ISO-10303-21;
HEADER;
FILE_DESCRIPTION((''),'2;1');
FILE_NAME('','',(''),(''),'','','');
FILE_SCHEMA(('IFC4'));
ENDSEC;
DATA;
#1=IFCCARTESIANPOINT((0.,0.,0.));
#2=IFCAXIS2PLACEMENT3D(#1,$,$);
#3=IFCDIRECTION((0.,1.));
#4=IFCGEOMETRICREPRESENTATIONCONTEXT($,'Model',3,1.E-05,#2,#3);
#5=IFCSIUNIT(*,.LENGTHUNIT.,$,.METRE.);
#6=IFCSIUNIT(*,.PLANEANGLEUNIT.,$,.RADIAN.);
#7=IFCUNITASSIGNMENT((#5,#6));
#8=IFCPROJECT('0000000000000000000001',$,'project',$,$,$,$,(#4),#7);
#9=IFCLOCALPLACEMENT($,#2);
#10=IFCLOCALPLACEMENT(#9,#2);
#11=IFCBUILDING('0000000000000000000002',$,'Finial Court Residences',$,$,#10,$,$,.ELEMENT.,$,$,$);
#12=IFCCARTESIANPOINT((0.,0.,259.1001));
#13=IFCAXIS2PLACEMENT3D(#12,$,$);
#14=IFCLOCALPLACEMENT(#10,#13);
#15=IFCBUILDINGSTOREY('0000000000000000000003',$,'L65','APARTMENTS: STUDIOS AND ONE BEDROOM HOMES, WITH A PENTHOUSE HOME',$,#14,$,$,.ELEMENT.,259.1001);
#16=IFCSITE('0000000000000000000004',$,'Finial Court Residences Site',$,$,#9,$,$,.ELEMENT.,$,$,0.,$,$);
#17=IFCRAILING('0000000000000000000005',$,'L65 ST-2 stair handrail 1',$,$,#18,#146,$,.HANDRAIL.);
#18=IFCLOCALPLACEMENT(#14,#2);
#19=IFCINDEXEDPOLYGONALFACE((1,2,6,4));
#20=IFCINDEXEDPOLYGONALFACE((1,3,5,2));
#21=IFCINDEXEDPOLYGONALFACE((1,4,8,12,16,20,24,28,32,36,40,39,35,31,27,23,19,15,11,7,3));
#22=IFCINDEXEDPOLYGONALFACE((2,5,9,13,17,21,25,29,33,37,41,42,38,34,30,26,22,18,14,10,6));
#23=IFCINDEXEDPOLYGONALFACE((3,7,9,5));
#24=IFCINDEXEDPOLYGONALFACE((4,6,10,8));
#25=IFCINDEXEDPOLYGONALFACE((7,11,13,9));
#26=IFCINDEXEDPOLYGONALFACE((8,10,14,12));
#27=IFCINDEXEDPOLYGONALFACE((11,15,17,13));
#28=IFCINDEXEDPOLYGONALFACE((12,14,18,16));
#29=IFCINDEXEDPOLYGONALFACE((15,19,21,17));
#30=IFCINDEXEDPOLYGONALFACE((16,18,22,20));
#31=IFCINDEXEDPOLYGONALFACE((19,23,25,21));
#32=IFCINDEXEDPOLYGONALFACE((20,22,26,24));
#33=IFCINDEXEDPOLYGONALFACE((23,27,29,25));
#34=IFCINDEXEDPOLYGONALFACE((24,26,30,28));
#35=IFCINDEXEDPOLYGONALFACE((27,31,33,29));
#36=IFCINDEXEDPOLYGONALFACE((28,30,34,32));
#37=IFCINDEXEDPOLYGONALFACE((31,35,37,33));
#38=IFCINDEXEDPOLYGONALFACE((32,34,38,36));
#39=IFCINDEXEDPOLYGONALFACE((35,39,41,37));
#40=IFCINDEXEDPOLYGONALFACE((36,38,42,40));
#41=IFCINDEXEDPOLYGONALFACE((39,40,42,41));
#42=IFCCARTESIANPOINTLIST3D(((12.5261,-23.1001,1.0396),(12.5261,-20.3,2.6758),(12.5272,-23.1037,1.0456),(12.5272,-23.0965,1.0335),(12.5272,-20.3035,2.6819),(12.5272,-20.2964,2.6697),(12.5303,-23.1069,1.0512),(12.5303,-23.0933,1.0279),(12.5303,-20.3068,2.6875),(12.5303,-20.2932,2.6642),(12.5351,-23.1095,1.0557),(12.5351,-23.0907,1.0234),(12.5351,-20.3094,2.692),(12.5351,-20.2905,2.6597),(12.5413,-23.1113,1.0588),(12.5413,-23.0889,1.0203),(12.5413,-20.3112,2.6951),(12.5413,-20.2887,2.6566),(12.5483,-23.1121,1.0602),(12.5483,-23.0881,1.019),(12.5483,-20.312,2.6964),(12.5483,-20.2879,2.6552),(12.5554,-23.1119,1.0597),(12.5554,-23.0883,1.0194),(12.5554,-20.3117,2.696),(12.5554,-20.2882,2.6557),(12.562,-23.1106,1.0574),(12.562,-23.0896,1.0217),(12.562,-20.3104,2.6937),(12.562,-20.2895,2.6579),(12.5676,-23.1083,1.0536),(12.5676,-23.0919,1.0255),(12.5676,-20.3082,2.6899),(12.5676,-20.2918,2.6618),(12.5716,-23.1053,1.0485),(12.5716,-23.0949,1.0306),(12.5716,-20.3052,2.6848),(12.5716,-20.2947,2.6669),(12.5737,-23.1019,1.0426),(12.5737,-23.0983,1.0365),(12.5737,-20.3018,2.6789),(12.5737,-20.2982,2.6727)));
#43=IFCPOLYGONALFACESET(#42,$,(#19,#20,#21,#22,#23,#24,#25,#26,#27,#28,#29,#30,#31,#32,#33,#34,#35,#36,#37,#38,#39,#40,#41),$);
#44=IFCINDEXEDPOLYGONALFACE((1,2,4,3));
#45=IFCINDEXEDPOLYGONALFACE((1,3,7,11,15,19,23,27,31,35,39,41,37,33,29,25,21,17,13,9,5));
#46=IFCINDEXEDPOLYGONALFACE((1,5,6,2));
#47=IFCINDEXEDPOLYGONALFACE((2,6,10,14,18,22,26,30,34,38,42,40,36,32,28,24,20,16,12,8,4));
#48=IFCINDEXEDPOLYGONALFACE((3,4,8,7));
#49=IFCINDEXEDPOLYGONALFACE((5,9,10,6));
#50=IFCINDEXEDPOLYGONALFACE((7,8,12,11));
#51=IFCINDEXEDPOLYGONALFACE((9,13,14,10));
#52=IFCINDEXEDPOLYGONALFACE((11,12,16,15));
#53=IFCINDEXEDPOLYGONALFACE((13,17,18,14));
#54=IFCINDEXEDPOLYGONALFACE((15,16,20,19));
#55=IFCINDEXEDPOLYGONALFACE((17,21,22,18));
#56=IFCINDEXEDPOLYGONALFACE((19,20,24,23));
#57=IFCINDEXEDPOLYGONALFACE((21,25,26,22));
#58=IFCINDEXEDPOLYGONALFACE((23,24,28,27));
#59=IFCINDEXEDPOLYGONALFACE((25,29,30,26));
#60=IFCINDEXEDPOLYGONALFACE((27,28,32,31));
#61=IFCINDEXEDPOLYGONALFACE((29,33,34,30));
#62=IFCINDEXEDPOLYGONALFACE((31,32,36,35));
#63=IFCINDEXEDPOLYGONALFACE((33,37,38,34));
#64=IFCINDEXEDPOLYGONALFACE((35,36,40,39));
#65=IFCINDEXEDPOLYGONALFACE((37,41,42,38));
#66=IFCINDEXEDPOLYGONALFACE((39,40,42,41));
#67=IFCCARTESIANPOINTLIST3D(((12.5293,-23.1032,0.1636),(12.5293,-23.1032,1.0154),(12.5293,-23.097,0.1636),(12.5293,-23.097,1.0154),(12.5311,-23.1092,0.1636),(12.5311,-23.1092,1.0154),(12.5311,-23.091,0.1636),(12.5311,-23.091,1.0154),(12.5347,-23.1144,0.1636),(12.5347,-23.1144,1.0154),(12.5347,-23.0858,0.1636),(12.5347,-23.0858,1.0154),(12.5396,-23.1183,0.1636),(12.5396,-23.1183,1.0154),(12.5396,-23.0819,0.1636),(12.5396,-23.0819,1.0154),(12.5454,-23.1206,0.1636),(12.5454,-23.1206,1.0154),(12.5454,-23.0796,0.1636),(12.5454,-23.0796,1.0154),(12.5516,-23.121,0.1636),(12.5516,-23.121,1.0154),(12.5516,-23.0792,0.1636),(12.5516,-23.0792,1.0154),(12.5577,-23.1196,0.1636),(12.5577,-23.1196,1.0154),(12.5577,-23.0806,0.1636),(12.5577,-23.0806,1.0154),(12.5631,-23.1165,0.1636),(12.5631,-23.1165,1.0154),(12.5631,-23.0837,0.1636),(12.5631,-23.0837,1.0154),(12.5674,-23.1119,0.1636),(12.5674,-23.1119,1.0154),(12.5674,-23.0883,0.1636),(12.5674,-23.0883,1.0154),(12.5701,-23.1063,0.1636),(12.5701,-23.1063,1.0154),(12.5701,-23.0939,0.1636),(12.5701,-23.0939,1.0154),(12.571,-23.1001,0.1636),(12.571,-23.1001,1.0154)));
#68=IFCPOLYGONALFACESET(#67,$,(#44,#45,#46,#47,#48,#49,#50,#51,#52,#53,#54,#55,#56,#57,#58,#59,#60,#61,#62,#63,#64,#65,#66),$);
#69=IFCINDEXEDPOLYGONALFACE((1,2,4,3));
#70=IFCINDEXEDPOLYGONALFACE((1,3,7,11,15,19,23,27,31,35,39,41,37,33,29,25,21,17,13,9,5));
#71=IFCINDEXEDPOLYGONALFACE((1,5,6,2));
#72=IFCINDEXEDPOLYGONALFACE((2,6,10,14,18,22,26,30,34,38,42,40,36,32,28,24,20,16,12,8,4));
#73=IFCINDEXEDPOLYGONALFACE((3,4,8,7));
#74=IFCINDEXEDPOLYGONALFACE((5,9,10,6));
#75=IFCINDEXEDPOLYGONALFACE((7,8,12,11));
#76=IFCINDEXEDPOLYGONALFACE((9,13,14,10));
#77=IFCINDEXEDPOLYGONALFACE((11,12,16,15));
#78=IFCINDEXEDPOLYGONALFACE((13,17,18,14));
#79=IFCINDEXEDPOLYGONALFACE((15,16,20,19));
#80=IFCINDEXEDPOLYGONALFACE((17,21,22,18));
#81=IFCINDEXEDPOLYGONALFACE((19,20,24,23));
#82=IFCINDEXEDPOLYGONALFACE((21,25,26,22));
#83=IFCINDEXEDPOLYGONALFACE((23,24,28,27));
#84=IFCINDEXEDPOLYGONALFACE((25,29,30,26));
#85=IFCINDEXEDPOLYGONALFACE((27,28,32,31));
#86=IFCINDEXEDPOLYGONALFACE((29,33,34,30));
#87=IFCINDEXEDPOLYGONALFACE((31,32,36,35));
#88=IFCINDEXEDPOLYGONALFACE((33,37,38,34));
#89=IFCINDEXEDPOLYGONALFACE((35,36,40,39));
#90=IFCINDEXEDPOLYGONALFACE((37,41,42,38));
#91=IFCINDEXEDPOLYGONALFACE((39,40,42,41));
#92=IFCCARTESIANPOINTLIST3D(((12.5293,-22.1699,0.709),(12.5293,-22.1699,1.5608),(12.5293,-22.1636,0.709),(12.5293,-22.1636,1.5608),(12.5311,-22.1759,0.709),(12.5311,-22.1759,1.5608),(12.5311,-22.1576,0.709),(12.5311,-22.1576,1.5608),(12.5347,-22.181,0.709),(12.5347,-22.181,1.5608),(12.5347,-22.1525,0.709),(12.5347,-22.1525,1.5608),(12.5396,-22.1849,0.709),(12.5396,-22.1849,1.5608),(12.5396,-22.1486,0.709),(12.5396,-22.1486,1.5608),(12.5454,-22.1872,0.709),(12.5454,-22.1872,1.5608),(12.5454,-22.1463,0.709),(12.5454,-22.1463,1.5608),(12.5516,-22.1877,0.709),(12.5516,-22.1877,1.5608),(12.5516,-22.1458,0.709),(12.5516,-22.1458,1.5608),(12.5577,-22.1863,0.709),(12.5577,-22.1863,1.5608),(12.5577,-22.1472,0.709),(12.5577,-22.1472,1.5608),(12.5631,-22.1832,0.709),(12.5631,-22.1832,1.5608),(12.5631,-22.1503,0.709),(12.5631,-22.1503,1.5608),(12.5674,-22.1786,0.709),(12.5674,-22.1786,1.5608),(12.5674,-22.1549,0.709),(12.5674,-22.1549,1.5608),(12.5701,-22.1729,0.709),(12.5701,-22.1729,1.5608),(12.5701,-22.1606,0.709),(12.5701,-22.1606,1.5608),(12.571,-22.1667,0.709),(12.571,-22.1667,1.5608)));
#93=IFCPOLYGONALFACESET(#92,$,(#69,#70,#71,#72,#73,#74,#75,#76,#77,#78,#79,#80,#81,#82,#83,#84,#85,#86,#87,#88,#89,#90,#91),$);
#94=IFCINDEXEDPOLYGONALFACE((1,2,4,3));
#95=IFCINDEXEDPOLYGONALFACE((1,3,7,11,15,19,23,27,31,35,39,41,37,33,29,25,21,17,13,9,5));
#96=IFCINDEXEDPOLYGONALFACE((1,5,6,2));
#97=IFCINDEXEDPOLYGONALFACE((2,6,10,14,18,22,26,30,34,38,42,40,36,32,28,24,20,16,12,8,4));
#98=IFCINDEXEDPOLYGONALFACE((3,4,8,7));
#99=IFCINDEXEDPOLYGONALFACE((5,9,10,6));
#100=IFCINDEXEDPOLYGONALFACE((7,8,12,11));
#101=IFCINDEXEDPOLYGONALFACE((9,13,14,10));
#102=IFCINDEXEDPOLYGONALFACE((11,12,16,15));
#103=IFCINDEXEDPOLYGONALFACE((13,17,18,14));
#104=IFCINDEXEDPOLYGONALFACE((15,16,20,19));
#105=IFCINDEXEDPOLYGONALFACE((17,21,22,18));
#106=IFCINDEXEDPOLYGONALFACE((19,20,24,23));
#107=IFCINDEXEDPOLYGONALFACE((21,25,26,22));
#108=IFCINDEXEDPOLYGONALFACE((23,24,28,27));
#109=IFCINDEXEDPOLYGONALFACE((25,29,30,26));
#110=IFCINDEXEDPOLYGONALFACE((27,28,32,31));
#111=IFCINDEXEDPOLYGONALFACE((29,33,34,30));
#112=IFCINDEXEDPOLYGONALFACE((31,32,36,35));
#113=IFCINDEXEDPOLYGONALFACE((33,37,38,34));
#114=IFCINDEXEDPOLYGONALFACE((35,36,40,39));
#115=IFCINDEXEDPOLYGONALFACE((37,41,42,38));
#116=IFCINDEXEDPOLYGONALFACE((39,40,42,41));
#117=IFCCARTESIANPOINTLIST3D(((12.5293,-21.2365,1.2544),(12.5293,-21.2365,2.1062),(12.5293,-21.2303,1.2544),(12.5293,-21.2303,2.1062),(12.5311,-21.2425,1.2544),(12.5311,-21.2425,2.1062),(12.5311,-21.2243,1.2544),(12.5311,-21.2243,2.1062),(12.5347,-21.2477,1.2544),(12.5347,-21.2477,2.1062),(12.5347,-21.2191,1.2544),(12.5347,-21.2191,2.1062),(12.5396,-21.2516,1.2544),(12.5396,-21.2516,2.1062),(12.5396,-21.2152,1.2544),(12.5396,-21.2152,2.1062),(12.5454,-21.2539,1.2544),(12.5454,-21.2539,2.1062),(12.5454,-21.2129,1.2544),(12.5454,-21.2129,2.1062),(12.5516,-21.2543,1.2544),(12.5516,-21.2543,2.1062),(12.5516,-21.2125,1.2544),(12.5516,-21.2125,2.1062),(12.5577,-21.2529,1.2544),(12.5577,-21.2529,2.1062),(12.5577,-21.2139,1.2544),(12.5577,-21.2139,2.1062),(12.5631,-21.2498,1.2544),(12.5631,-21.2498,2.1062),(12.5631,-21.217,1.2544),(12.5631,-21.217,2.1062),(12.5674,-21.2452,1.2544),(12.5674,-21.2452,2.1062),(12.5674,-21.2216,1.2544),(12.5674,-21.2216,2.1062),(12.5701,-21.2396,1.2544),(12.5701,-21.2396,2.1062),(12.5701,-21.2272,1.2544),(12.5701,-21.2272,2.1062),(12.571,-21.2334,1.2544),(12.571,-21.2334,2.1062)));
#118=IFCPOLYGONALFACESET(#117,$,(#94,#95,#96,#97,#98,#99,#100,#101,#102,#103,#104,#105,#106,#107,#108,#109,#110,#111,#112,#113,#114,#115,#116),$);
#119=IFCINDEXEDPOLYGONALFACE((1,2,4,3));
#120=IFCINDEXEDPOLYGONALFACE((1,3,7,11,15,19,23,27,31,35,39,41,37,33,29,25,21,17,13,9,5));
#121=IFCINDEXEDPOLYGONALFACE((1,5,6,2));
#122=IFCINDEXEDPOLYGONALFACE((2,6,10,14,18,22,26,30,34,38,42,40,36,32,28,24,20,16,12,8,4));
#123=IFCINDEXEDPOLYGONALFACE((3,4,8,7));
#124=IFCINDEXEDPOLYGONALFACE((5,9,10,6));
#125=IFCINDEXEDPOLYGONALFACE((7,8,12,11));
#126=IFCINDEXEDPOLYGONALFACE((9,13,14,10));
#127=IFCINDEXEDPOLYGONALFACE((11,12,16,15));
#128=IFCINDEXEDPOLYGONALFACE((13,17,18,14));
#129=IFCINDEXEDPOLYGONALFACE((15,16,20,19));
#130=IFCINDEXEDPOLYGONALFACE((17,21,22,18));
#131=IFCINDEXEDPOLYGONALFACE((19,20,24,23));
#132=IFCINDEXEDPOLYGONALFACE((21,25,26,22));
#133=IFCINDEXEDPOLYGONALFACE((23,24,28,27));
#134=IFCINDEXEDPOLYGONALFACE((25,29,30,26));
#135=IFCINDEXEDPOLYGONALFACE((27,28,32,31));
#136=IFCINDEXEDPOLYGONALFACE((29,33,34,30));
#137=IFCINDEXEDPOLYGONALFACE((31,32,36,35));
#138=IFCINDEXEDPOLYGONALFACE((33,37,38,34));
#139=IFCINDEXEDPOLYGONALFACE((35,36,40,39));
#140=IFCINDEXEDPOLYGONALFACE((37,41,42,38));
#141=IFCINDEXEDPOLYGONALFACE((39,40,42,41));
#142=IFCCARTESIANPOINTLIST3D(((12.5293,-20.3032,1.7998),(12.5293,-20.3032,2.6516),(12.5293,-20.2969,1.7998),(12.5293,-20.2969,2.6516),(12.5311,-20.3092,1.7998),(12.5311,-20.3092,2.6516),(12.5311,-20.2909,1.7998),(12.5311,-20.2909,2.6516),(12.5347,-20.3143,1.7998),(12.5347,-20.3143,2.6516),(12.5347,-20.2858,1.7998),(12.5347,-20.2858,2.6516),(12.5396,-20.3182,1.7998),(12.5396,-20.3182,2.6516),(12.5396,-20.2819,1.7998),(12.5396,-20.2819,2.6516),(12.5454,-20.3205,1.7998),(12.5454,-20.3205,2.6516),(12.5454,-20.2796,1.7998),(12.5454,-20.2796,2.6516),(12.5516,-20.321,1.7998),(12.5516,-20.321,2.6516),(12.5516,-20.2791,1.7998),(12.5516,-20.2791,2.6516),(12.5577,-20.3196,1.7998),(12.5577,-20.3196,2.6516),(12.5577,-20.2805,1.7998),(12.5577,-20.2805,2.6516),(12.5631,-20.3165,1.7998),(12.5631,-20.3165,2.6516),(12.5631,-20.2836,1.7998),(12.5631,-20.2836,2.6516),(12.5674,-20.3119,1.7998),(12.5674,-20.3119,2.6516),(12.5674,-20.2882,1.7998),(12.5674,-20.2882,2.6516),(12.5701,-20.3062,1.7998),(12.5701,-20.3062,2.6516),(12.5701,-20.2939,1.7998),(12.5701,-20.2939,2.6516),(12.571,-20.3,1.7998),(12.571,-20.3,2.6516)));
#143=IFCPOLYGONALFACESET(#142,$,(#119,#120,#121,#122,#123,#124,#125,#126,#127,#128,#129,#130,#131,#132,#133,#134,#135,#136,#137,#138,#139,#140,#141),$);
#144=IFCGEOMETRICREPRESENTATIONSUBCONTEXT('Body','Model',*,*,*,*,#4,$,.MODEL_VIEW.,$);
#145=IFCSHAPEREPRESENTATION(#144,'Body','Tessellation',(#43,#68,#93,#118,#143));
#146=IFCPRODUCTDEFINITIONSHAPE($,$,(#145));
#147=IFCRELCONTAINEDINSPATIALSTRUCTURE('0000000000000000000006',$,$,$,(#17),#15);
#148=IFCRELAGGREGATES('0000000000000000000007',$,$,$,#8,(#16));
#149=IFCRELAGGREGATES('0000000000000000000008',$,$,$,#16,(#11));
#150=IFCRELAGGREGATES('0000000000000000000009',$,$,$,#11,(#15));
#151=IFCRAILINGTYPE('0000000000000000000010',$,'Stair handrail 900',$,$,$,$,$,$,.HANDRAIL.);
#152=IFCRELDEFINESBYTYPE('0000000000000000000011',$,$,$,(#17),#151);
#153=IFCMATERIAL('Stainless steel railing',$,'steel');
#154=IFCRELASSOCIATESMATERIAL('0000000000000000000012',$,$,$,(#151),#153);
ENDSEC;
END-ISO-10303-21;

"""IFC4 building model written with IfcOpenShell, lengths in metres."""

from ifc_helpers import new_model, si_unit, direction, frame, origin, origin_2d, place, context, subcontext, project, spatial, circle, extrude, material, type_object, element, save


model = new_model("IFC4")

# Units and contexts
model_context = context("Model", 3, precision=1e-05, world=origin(), true_north=direction((0.0, 1.0)))
body_context = subcontext(model_context, "Body", "Model", "MODEL_VIEW")
ifc_project = project(units=[si_unit("LENGTHUNIT", "METRE"), si_unit("PLANEANGLEUNIT", "RADIAN")], contexts=[model_context])

# Site, building, storey
site_placement = place(None, origin())
site = spatial("IfcSite", under=ifc_project, at=site_placement, Name="Finial Court Residences Site", CompositionType="ELEMENT", RefElevation=0.0)
building_placement = place(site_placement, origin())
building = spatial("IfcBuilding", under=site, at=building_placement, Name="Finial Court Residences", CompositionType="ELEMENT")
storey_placement = place(building_placement, frame((0.0, 0.0, 259.1001)))
storey = spatial("IfcBuildingStorey", under=building, at=storey_placement, Name="L65", Description="APARTMENTS: STUDIOS AND ONE BEDROOM HOMES, WITH A PENTHOUSE HOME", CompositionType="ELEMENT", Elevation=259.1001)

# Railing
ifc_material_1 = material(Name="Stainless steel railing", Category="steel")
railing_type_1 = type_object("IfcRailingType", Name="Stair handrail 900", PredefinedType="HANDRAIL", material=ifc_material_1)
railing_1_placement = place(storey_placement, frame((12.55, -23.1001, 0.1636)))
element("IfcRailing", 1, at=railing_1_placement, inside=storey, type_object=railing_type_1, Name="L65 ST-2 stair handrail 1", PredefinedType="HANDRAIL", context=body_context, shape_type="SweptSolid", body=[
    extrude(circle(Radius=0.0239, at=origin_2d()), frame((0.0, 0.0, 0.876), z_axis=(0.0, 0.863394, 0.504531), x_axis=(-1.0, 0.0, 0.0)), (0.0, 0.0, 1.0), 3.2432),
    extrude(circle(Radius=0.021, at=origin_2d()), origin(), (0.0, 0.0, 1.0), 0.8518),
    extrude(circle(Radius=0.021, at=origin_2d()), frame((0.0, 0.9333, 0.5454)), (0.0, 0.0, 1.0), 0.8518),
    extrude(circle(Radius=0.021, at=origin_2d()), frame((0.0, 1.8667, 1.0908)), (0.0, 0.0, 1.0), 0.8518),
    extrude(circle(Radius=0.021, at=origin_2d()), frame((0.0, 2.8, 1.6362)), (0.0, 0.0, 1.0), 0.8518),
])

save(model, "model.ifc")
